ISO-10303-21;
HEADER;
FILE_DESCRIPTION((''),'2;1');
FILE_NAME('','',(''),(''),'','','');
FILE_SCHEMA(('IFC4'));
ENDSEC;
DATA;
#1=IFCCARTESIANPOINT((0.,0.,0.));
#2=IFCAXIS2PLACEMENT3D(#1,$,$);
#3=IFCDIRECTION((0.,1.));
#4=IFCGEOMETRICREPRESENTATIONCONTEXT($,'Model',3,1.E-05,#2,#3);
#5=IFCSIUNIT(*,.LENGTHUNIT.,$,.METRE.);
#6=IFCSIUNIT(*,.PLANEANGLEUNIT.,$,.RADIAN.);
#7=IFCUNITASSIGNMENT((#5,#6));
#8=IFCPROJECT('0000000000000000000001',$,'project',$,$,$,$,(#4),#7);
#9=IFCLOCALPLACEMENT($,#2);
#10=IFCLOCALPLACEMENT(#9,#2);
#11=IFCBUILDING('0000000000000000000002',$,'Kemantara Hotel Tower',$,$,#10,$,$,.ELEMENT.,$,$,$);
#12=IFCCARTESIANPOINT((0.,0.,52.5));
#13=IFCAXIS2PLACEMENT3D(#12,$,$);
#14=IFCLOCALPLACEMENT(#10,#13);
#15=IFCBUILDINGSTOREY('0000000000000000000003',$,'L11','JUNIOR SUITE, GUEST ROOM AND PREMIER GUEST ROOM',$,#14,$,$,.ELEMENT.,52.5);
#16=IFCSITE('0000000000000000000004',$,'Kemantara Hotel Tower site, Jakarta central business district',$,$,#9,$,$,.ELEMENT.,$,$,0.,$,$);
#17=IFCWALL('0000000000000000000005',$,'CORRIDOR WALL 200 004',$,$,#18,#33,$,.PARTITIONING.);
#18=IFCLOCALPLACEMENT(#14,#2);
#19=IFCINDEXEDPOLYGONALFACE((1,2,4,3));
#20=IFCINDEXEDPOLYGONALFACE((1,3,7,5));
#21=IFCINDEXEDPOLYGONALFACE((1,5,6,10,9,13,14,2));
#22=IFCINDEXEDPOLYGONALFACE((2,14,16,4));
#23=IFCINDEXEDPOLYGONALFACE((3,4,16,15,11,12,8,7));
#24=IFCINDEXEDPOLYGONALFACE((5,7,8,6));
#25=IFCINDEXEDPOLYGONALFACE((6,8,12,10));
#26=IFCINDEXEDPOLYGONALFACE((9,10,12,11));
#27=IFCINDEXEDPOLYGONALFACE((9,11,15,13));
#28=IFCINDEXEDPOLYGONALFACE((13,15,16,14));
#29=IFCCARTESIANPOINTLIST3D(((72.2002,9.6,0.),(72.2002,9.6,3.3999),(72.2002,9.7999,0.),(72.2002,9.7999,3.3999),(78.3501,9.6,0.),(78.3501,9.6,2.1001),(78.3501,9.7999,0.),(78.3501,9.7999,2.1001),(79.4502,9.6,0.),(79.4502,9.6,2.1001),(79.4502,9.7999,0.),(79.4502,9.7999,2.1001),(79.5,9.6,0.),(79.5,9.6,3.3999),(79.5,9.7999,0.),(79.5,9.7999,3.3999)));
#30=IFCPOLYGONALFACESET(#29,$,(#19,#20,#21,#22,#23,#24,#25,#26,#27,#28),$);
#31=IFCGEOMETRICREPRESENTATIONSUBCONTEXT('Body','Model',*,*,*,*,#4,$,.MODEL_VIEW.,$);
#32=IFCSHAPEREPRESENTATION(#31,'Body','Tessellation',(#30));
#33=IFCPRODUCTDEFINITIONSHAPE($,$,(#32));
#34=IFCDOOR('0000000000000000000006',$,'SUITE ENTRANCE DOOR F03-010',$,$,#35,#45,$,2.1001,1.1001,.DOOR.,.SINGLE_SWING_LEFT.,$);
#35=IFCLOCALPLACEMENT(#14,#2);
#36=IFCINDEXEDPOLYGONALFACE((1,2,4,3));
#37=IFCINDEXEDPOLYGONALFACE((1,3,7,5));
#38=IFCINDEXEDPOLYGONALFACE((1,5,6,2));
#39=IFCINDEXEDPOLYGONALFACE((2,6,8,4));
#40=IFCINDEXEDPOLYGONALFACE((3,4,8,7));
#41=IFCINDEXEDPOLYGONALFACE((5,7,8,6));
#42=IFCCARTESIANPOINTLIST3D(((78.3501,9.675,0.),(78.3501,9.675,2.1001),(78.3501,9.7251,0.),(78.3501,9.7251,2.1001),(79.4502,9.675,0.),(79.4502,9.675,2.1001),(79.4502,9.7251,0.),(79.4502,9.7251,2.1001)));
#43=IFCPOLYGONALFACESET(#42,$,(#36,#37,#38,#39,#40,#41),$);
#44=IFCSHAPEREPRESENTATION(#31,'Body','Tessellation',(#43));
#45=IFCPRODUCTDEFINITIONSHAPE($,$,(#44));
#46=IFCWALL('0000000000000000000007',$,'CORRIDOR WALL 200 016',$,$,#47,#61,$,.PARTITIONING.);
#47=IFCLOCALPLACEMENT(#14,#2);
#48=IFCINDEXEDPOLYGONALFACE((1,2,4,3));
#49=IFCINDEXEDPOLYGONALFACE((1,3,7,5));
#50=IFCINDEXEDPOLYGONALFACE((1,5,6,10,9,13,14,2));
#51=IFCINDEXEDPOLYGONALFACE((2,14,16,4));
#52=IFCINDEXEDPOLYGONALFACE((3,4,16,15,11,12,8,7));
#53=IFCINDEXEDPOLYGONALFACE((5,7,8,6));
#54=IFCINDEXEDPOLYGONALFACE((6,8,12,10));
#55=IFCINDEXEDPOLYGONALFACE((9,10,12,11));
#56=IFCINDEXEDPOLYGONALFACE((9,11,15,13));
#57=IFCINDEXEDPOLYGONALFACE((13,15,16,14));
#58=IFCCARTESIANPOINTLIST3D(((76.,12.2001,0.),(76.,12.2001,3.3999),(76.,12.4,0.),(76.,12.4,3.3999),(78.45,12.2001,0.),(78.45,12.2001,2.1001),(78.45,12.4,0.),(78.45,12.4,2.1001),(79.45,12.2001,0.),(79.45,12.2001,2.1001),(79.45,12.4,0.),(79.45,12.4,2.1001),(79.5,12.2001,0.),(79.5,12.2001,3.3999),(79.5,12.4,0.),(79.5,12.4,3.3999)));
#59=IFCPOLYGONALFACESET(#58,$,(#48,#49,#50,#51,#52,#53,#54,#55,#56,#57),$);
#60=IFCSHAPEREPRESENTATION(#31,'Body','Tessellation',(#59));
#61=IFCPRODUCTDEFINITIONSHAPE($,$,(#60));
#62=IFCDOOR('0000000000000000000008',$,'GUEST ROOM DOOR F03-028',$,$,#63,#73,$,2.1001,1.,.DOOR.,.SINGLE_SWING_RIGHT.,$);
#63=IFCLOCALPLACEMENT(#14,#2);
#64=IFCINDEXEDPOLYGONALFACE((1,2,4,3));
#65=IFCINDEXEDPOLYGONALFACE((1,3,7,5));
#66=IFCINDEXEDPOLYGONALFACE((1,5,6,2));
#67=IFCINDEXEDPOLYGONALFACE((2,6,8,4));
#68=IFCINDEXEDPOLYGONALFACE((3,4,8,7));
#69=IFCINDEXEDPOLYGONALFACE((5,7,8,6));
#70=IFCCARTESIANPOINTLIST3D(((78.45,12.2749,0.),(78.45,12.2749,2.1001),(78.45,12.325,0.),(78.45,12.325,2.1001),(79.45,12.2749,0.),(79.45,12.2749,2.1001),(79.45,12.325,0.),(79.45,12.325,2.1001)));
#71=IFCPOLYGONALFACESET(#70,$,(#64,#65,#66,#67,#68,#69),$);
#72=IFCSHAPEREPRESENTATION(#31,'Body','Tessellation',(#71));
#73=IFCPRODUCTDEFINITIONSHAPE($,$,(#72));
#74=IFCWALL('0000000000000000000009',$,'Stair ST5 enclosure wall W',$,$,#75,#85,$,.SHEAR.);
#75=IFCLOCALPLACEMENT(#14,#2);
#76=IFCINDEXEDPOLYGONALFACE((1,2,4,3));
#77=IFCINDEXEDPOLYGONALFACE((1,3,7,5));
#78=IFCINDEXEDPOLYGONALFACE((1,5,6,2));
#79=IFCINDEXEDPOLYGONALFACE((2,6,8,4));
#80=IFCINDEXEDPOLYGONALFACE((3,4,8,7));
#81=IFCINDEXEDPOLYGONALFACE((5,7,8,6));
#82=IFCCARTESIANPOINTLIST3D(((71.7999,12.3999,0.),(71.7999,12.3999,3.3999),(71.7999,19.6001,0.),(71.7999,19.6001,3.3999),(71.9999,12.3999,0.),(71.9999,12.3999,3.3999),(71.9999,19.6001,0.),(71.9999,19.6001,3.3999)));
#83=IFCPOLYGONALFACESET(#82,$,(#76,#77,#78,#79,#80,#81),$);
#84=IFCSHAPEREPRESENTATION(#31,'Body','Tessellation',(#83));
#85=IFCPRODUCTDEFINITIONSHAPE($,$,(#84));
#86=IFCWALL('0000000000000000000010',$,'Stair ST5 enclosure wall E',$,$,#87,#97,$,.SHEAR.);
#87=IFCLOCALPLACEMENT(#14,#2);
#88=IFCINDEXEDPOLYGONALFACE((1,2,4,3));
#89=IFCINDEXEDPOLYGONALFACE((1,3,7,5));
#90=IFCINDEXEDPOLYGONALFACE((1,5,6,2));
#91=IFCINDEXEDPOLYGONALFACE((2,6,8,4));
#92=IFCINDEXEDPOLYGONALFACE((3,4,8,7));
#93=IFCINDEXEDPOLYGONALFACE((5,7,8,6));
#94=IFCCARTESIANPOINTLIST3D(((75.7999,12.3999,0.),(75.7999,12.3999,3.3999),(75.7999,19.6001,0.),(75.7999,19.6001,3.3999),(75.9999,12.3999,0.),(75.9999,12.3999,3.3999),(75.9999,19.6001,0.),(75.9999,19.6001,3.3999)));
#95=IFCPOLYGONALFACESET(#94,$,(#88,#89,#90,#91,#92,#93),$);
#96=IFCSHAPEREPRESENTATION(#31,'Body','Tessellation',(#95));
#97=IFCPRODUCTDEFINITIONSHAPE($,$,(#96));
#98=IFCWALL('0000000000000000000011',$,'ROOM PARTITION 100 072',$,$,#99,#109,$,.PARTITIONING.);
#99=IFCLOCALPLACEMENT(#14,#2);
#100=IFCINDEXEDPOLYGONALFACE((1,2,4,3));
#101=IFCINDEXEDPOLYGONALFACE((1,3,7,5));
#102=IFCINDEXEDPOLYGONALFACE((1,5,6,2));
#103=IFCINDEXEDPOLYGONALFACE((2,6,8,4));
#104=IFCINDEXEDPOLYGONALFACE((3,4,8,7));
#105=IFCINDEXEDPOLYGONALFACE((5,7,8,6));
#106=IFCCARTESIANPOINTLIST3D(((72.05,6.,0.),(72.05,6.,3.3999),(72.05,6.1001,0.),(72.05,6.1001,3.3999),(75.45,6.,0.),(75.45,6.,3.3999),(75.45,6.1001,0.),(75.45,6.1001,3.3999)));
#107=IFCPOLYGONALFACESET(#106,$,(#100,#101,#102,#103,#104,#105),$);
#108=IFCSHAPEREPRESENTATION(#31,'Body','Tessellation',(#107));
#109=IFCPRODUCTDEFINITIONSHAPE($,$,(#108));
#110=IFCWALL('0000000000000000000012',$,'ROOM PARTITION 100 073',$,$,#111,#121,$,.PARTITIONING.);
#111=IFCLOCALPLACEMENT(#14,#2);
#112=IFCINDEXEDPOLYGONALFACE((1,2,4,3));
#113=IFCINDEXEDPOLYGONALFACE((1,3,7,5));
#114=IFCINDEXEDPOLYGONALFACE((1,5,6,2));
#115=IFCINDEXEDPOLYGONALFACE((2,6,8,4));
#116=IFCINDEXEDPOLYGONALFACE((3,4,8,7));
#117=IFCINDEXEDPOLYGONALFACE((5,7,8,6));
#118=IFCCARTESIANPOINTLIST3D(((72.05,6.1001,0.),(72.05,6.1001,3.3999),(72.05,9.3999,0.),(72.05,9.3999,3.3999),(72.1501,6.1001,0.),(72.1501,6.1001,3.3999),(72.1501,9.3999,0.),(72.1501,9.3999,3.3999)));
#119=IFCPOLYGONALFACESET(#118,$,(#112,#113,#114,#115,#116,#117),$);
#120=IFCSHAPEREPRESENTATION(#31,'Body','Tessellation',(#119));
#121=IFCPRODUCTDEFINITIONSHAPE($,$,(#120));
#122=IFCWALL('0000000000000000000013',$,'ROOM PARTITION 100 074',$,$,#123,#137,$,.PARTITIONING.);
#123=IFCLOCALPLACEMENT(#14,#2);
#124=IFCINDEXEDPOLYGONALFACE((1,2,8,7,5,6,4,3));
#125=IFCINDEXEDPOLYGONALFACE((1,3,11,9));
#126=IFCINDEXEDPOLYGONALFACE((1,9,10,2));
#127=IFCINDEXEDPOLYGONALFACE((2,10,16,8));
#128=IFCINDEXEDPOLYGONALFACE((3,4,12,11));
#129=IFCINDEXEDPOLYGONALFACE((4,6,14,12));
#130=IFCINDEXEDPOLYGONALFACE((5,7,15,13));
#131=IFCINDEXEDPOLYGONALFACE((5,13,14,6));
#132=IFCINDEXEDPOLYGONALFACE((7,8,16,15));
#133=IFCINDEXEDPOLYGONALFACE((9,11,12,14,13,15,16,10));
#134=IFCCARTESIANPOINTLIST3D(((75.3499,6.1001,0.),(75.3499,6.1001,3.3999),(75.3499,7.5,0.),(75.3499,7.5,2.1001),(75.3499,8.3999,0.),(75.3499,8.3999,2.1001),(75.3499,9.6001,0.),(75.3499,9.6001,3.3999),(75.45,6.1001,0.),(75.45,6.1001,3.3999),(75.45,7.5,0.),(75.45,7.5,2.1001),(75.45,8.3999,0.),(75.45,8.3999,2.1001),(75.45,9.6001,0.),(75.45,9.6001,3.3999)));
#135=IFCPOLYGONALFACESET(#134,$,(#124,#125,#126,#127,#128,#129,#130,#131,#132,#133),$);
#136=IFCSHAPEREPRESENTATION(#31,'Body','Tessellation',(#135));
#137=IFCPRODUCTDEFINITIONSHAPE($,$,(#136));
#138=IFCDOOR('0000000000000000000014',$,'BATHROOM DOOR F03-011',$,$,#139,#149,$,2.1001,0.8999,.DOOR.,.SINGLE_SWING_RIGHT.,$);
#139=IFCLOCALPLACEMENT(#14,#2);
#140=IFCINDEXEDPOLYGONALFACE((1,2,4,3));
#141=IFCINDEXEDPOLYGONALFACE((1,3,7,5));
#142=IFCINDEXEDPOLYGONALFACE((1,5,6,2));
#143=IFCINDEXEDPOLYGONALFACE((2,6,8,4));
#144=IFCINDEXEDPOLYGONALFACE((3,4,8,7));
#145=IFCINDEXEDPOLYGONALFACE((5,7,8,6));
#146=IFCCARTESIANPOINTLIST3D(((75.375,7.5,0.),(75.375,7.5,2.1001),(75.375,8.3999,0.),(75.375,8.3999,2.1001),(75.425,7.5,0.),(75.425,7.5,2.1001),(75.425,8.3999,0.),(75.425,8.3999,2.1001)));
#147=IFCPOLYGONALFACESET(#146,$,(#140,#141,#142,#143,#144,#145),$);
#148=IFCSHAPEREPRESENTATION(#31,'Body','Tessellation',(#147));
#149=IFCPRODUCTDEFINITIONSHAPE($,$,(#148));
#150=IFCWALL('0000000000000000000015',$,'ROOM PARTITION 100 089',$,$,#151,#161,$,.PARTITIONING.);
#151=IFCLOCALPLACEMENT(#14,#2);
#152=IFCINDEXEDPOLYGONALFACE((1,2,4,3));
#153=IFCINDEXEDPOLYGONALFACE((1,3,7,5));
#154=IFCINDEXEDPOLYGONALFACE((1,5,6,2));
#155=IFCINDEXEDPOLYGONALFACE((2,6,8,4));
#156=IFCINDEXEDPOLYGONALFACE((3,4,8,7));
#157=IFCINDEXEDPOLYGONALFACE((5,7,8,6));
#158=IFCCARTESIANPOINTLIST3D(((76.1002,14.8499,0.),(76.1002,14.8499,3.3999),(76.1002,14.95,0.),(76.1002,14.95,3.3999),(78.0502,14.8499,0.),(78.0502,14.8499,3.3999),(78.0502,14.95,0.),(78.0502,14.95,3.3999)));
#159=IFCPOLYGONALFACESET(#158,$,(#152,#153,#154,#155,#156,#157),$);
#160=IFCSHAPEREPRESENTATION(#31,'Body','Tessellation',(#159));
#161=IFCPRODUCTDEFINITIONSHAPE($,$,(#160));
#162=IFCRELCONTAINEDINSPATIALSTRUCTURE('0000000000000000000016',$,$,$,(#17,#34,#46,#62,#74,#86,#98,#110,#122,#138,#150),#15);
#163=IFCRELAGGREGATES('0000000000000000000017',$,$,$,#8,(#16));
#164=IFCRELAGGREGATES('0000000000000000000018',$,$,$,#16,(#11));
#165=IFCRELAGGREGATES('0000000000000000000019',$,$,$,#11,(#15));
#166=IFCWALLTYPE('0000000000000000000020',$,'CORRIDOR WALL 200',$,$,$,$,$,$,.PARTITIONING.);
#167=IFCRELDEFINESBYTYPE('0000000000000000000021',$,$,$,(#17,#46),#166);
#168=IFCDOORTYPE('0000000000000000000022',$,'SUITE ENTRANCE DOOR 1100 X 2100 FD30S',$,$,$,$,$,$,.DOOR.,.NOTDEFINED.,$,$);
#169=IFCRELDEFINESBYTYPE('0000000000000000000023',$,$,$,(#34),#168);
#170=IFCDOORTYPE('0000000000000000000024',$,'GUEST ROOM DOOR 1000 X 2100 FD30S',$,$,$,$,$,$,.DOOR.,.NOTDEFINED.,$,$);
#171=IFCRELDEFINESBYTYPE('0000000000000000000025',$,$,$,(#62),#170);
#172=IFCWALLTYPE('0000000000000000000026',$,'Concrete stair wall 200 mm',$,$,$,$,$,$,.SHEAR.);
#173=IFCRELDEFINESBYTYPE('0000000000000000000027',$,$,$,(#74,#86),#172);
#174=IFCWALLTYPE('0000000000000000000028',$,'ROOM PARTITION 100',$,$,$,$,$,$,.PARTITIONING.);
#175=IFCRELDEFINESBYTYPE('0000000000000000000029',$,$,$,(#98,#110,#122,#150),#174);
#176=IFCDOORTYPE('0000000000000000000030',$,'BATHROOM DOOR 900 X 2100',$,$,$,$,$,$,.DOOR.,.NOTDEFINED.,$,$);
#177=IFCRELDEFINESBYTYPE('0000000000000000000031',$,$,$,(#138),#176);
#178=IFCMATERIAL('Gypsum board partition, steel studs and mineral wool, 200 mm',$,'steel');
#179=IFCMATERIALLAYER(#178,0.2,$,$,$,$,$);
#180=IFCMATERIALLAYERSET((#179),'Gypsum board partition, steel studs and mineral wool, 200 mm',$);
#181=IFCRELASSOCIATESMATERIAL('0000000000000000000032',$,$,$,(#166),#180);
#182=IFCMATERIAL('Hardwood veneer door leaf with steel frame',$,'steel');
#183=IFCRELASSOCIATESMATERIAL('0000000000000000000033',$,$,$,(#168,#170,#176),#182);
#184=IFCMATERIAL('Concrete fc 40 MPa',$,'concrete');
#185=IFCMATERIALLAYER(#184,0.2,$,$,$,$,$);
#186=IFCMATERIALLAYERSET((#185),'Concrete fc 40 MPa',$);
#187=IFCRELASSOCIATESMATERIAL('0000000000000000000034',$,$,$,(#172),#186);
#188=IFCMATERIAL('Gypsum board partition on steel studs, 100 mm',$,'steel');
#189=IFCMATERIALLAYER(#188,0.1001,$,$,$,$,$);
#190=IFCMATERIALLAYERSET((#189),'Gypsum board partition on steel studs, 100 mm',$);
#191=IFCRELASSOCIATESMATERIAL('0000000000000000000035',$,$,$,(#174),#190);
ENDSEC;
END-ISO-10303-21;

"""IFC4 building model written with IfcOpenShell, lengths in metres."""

from ifc_helpers import new_model, si_unit, direction, frame, frame_2d, origin, place, context, subcontext, project, spatial, rectangle, extrude, material, layer, layer_set, type_object, element, fill, save


model = new_model("IFC4")

# Units and contexts
model_context = context("Model", 3, precision=1e-05, world=origin(), true_north=direction((0.0, 1.0)))
body_context = subcontext(model_context, "Body", "Model", "MODEL_VIEW")
ifc_project = project(units=[si_unit("LENGTHUNIT", "METRE"), si_unit("PLANEANGLEUNIT", "RADIAN")], contexts=[model_context])

# Site, building, storey
site_placement = place(None, origin())
site = spatial("IfcSite", under=ifc_project, at=site_placement, Name="Kemantara Hotel Tower site, Jakarta central business district", CompositionType="ELEMENT", RefElevation=0.0)
building_placement = place(site_placement, origin())
building = spatial("IfcBuilding", under=site, at=building_placement, Name="Kemantara Hotel Tower", CompositionType="ELEMENT")
storey_placement = place(building_placement, frame((0.0, 0.0, 52.5)))
storey = spatial("IfcBuildingStorey", under=building, at=storey_placement, Name="L11", Description="JUNIOR SUITE, GUEST ROOM AND PREMIER GUEST ROOM", CompositionType="ELEMENT", Elevation=52.5)

# Walls, openings, doors
ifc_material_1 = material(Name="Gypsum board partition, steel studs and mineral wool, 200 mm", Category="steel")
ifc_layer_1 = layer(ifc_material_1, 0.2)
ifc_layer_set_1 = layer_set([ifc_layer_1], Name="Gypsum board partition, steel studs and mineral wool, 200 mm")
wall_type_1 = type_object("IfcWallType", Name="CORRIDOR WALL 200", PredefinedType="PARTITIONING", material=ifc_layer_set_1)
wall_1_placement = place(storey_placement, frame((79.5, 9.7, 0.0), z_axis=(0.0, 0.0, 1.0), x_axis=(-1.0, 0.0, 0.0)))
wall_1 = element("IfcWall", 1, at=wall_1_placement, inside=storey, type_object=wall_type_1, Name="CORRIDOR WALL 200 004", PredefinedType="PARTITIONING", context=body_context, shape_type="SweptSolid", body=[
    extrude(rectangle(XDim=7.2998, YDim=0.2, at=frame_2d((3.6499, 0.0))), origin(), (0.0, 0.0, 1.0), 3.3999),
])
opening_1_placement = place(wall_1_placement, frame((0.0498, 0.0, 0.0)))
opening_1 = element("IfcOpeningElement", 2, at=opening_1_placement, cuts=wall_1, PredefinedType="OPENING", context=body_context, shape_type="SweptSolid", body=[
    extrude(rectangle(XDim=1.1001, YDim=2.1001, at=frame_2d((0.55, 1.05))), frame((0.0, 0.1099, 0.0), z_axis=(0.0, -1.0, 0.0), x_axis=(1.0, 0.0, 0.0)), (0.0, 0.0, 1.0), 0.22),
])
ifc_material_2 = material(Name="Hardwood veneer door leaf with steel frame", Category="steel")
door_type_1 = type_object("IfcDoorType", Name="SUITE ENTRANCE DOOR 1100 X 2100 FD30S", OperationType="NOTDEFINED", PredefinedType="DOOR", material=ifc_material_2)
door_1_placement = place(opening_1_placement, origin())
door_1 = element("IfcDoor", 3, at=door_1_placement, inside=storey, type_object=door_type_1, Name="SUITE ENTRANCE DOOR F03-010", OperationType="SINGLE_SWING_LEFT", OverallHeight=2.1001, OverallWidth=1.1001, PredefinedType="DOOR", context=body_context, shape_type="SweptSolid", body=[
    extrude(rectangle(XDim=1.1001, YDim=2.1001, at=frame_2d((0.55, 1.05))), frame((0.0, 0.0249, 0.0), z_axis=(0.0, -1.0, 0.0), x_axis=(1.0, 0.0, 0.0)), (0.0, 0.0, 1.0), 0.05),
])
fill(opening_1, door_1)
wall_2_placement = place(storey_placement, frame((76.0, 12.3, 0.0), z_axis=(0.0, 0.0, 1.0), x_axis=(1.0, 0.0, 0.0)))
wall_2 = element("IfcWall", 4, at=wall_2_placement, inside=storey, type_object=wall_type_1, Name="CORRIDOR WALL 200 016", PredefinedType="PARTITIONING", context=body_context, shape_type="SweptSolid", body=[
    extrude(rectangle(XDim=3.5, YDim=0.2, at=frame_2d((1.75, 0.0))), origin(), (0.0, 0.0, 1.0), 3.3999),
])
opening_2_placement = place(wall_2_placement, frame((2.45, 0.0, 0.0)))
opening_2 = element("IfcOpeningElement", 5, at=opening_2_placement, cuts=wall_2, PredefinedType="OPENING", context=body_context, shape_type="SweptSolid", body=[
    extrude(rectangle(XDim=1.0, YDim=2.1001, at=frame_2d((0.5, 1.05))), frame((0.0, 0.1099, 0.0), z_axis=(0.0, -1.0, 0.0), x_axis=(1.0, 0.0, 0.0)), (0.0, 0.0, 1.0), 0.22),
])
door_type_2 = type_object("IfcDoorType", Name="GUEST ROOM DOOR 1000 X 2100 FD30S", OperationType="NOTDEFINED", PredefinedType="DOOR", material=ifc_material_2)
door_2_placement = place(opening_2_placement, origin())
door_2 = element("IfcDoor", 6, at=door_2_placement, inside=storey, type_object=door_type_2, Name="GUEST ROOM DOOR F03-028", OperationType="SINGLE_SWING_RIGHT", OverallHeight=2.1001, OverallWidth=1.0, PredefinedType="DOOR", context=body_context, shape_type="SweptSolid", body=[
    extrude(rectangle(XDim=1.0, YDim=2.1001, at=frame_2d((0.5, 1.05))), frame((0.0, 0.0249, 0.0), z_axis=(0.0, -1.0, 0.0), x_axis=(1.0, 0.0, 0.0)), (0.0, 0.0, 1.0), 0.05),
])
fill(opening_2, door_2)

# Walls
ifc_material_3 = material(Name="Concrete fc 40 MPa", Category="concrete")
ifc_layer_2 = layer(ifc_material_3, 0.2)
ifc_layer_set_2 = layer_set([ifc_layer_2], Name="Concrete fc 40 MPa")
wall_type_2 = type_object("IfcWallType", Name="Concrete stair wall 200 mm", PredefinedType="SHEAR", material=ifc_layer_set_2)
for number, where, z_axis, x_axis, name in (
    (7, (71.8999, 12.3999, 0.0), (0.0, 0.0, 1.0), (0.0, 1.0, 0.0), "Stair ST5 enclosure wall W"),
    (8, (75.8999, 12.3999, 0.0), (0.0, 0.0, 1.0), (0.0, 1.0, 0.0), "Stair ST5 enclosure wall E"),
):
    element("IfcWall", number, at=place(storey_placement, frame(where, z_axis=z_axis, x_axis=x_axis)), inside=storey, type_object=wall_type_2, Name=name, PredefinedType="SHEAR", context=body_context, shape_type="SweptSolid", body=[
        extrude(rectangle(XDim=7.2002, YDim=0.2, at=frame_2d((3.6001, 0.0))), origin(), (0.0, 0.0, 1.0), 3.3999),
    ])
ifc_material_4 = material(Name="Gypsum board partition on steel studs, 100 mm", Category="steel")
ifc_layer_3 = layer(ifc_material_4, 0.1001)
ifc_layer_set_3 = layer_set([ifc_layer_3], Name="Gypsum board partition on steel studs, 100 mm")
wall_type_3 = type_object("IfcWallType", Name="ROOM PARTITION 100", PredefinedType="PARTITIONING", material=ifc_layer_set_3)
wall_3_placement = place(storey_placement, frame((72.05, 6.05, 0.0), z_axis=(0.0, 0.0, 1.0), x_axis=(1.0, 0.0, 0.0)))
element("IfcWall", 9, at=wall_3_placement, inside=storey, type_object=wall_type_3, Name="ROOM PARTITION 100 072", PredefinedType="PARTITIONING", context=body_context, shape_type="SweptSolid", body=[
    extrude(rectangle(XDim=3.3999, YDim=0.1001, at=frame_2d((1.7, 0.0))), origin(), (0.0, 0.0, 1.0), 3.3999),
])
wall_4_placement = place(storey_placement, frame((72.1001, 6.1001, 0.0), z_axis=(0.0, 0.0, 1.0), x_axis=(0.0, 1.0, 0.0)))
element("IfcWall", 10, at=wall_4_placement, inside=storey, type_object=wall_type_3, Name="ROOM PARTITION 100 073", PredefinedType="PARTITIONING", context=body_context, shape_type="SweptSolid", body=[
    extrude(rectangle(XDim=3.2998, YDim=0.1001, at=frame_2d((1.6499, 0.0))), origin(), (0.0, 0.0, 1.0), 3.3999),
])

# Wall, opening, door
wall_5_placement = place(storey_placement, frame((75.3999, 6.1001, 0.0), z_axis=(0.0, 0.0, 1.0), x_axis=(0.0, 1.0, 0.0)))
wall_5 = element("IfcWall", 11, at=wall_5_placement, inside=storey, type_object=wall_type_3, Name="ROOM PARTITION 100 074", PredefinedType="PARTITIONING", context=body_context, shape_type="SweptSolid", body=[
    extrude(rectangle(XDim=3.5, YDim=0.1001, at=frame_2d((1.75, 0.0))), origin(), (0.0, 0.0, 1.0), 3.3999),
])
opening_3_placement = place(wall_5_placement, frame((1.3999, 0.0, 0.0)))
opening_3 = element("IfcOpeningElement", 12, at=opening_3_placement, cuts=wall_5, PredefinedType="OPENING", context=body_context, shape_type="SweptSolid", body=[
    extrude(rectangle(XDim=0.8999, YDim=2.1001, at=frame_2d((0.45, 1.05))), frame((0.0, 0.0601, 0.0), z_axis=(0.0, -1.0, 0.0), x_axis=(1.0, 0.0, 0.0)), (0.0, 0.0, 1.0), 0.1201),
])
door_type_3 = type_object("IfcDoorType", Name="BATHROOM DOOR 900 X 2100", OperationType="NOTDEFINED", PredefinedType="DOOR", material=ifc_material_2)
door_3_placement = place(opening_3_placement, origin())
door_3 = element("IfcDoor", 13, at=door_3_placement, inside=storey, type_object=door_type_3, Name="BATHROOM DOOR F03-011", OperationType="SINGLE_SWING_RIGHT", OverallHeight=2.1001, OverallWidth=0.8999, PredefinedType="DOOR", context=body_context, shape_type="SweptSolid", body=[
    extrude(rectangle(XDim=0.8999, YDim=2.1001, at=frame_2d((0.45, 1.05))), frame((0.0, 0.0249, 0.0), z_axis=(0.0, -1.0, 0.0), x_axis=(1.0, 0.0, 0.0)), (0.0, 0.0, 1.0), 0.05),
])
fill(opening_3, door_3)

# Wall
wall_6_placement = place(storey_placement, frame((76.1001, 14.8999, 0.0), z_axis=(0.0, 0.0, 1.0), x_axis=(1.0, 0.0, 0.0)))
element("IfcWall", 14, at=wall_6_placement, inside=storey, type_object=wall_type_3, Name="ROOM PARTITION 100 089", PredefinedType="PARTITIONING", context=body_context, shape_type="SweptSolid", body=[
    extrude(rectangle(XDim=1.95, YDim=0.1001, at=frame_2d((0.9751, 0.0))), origin(), (0.0, 0.0, 1.0), 3.3999),
])

save(model, "model.ifc")
